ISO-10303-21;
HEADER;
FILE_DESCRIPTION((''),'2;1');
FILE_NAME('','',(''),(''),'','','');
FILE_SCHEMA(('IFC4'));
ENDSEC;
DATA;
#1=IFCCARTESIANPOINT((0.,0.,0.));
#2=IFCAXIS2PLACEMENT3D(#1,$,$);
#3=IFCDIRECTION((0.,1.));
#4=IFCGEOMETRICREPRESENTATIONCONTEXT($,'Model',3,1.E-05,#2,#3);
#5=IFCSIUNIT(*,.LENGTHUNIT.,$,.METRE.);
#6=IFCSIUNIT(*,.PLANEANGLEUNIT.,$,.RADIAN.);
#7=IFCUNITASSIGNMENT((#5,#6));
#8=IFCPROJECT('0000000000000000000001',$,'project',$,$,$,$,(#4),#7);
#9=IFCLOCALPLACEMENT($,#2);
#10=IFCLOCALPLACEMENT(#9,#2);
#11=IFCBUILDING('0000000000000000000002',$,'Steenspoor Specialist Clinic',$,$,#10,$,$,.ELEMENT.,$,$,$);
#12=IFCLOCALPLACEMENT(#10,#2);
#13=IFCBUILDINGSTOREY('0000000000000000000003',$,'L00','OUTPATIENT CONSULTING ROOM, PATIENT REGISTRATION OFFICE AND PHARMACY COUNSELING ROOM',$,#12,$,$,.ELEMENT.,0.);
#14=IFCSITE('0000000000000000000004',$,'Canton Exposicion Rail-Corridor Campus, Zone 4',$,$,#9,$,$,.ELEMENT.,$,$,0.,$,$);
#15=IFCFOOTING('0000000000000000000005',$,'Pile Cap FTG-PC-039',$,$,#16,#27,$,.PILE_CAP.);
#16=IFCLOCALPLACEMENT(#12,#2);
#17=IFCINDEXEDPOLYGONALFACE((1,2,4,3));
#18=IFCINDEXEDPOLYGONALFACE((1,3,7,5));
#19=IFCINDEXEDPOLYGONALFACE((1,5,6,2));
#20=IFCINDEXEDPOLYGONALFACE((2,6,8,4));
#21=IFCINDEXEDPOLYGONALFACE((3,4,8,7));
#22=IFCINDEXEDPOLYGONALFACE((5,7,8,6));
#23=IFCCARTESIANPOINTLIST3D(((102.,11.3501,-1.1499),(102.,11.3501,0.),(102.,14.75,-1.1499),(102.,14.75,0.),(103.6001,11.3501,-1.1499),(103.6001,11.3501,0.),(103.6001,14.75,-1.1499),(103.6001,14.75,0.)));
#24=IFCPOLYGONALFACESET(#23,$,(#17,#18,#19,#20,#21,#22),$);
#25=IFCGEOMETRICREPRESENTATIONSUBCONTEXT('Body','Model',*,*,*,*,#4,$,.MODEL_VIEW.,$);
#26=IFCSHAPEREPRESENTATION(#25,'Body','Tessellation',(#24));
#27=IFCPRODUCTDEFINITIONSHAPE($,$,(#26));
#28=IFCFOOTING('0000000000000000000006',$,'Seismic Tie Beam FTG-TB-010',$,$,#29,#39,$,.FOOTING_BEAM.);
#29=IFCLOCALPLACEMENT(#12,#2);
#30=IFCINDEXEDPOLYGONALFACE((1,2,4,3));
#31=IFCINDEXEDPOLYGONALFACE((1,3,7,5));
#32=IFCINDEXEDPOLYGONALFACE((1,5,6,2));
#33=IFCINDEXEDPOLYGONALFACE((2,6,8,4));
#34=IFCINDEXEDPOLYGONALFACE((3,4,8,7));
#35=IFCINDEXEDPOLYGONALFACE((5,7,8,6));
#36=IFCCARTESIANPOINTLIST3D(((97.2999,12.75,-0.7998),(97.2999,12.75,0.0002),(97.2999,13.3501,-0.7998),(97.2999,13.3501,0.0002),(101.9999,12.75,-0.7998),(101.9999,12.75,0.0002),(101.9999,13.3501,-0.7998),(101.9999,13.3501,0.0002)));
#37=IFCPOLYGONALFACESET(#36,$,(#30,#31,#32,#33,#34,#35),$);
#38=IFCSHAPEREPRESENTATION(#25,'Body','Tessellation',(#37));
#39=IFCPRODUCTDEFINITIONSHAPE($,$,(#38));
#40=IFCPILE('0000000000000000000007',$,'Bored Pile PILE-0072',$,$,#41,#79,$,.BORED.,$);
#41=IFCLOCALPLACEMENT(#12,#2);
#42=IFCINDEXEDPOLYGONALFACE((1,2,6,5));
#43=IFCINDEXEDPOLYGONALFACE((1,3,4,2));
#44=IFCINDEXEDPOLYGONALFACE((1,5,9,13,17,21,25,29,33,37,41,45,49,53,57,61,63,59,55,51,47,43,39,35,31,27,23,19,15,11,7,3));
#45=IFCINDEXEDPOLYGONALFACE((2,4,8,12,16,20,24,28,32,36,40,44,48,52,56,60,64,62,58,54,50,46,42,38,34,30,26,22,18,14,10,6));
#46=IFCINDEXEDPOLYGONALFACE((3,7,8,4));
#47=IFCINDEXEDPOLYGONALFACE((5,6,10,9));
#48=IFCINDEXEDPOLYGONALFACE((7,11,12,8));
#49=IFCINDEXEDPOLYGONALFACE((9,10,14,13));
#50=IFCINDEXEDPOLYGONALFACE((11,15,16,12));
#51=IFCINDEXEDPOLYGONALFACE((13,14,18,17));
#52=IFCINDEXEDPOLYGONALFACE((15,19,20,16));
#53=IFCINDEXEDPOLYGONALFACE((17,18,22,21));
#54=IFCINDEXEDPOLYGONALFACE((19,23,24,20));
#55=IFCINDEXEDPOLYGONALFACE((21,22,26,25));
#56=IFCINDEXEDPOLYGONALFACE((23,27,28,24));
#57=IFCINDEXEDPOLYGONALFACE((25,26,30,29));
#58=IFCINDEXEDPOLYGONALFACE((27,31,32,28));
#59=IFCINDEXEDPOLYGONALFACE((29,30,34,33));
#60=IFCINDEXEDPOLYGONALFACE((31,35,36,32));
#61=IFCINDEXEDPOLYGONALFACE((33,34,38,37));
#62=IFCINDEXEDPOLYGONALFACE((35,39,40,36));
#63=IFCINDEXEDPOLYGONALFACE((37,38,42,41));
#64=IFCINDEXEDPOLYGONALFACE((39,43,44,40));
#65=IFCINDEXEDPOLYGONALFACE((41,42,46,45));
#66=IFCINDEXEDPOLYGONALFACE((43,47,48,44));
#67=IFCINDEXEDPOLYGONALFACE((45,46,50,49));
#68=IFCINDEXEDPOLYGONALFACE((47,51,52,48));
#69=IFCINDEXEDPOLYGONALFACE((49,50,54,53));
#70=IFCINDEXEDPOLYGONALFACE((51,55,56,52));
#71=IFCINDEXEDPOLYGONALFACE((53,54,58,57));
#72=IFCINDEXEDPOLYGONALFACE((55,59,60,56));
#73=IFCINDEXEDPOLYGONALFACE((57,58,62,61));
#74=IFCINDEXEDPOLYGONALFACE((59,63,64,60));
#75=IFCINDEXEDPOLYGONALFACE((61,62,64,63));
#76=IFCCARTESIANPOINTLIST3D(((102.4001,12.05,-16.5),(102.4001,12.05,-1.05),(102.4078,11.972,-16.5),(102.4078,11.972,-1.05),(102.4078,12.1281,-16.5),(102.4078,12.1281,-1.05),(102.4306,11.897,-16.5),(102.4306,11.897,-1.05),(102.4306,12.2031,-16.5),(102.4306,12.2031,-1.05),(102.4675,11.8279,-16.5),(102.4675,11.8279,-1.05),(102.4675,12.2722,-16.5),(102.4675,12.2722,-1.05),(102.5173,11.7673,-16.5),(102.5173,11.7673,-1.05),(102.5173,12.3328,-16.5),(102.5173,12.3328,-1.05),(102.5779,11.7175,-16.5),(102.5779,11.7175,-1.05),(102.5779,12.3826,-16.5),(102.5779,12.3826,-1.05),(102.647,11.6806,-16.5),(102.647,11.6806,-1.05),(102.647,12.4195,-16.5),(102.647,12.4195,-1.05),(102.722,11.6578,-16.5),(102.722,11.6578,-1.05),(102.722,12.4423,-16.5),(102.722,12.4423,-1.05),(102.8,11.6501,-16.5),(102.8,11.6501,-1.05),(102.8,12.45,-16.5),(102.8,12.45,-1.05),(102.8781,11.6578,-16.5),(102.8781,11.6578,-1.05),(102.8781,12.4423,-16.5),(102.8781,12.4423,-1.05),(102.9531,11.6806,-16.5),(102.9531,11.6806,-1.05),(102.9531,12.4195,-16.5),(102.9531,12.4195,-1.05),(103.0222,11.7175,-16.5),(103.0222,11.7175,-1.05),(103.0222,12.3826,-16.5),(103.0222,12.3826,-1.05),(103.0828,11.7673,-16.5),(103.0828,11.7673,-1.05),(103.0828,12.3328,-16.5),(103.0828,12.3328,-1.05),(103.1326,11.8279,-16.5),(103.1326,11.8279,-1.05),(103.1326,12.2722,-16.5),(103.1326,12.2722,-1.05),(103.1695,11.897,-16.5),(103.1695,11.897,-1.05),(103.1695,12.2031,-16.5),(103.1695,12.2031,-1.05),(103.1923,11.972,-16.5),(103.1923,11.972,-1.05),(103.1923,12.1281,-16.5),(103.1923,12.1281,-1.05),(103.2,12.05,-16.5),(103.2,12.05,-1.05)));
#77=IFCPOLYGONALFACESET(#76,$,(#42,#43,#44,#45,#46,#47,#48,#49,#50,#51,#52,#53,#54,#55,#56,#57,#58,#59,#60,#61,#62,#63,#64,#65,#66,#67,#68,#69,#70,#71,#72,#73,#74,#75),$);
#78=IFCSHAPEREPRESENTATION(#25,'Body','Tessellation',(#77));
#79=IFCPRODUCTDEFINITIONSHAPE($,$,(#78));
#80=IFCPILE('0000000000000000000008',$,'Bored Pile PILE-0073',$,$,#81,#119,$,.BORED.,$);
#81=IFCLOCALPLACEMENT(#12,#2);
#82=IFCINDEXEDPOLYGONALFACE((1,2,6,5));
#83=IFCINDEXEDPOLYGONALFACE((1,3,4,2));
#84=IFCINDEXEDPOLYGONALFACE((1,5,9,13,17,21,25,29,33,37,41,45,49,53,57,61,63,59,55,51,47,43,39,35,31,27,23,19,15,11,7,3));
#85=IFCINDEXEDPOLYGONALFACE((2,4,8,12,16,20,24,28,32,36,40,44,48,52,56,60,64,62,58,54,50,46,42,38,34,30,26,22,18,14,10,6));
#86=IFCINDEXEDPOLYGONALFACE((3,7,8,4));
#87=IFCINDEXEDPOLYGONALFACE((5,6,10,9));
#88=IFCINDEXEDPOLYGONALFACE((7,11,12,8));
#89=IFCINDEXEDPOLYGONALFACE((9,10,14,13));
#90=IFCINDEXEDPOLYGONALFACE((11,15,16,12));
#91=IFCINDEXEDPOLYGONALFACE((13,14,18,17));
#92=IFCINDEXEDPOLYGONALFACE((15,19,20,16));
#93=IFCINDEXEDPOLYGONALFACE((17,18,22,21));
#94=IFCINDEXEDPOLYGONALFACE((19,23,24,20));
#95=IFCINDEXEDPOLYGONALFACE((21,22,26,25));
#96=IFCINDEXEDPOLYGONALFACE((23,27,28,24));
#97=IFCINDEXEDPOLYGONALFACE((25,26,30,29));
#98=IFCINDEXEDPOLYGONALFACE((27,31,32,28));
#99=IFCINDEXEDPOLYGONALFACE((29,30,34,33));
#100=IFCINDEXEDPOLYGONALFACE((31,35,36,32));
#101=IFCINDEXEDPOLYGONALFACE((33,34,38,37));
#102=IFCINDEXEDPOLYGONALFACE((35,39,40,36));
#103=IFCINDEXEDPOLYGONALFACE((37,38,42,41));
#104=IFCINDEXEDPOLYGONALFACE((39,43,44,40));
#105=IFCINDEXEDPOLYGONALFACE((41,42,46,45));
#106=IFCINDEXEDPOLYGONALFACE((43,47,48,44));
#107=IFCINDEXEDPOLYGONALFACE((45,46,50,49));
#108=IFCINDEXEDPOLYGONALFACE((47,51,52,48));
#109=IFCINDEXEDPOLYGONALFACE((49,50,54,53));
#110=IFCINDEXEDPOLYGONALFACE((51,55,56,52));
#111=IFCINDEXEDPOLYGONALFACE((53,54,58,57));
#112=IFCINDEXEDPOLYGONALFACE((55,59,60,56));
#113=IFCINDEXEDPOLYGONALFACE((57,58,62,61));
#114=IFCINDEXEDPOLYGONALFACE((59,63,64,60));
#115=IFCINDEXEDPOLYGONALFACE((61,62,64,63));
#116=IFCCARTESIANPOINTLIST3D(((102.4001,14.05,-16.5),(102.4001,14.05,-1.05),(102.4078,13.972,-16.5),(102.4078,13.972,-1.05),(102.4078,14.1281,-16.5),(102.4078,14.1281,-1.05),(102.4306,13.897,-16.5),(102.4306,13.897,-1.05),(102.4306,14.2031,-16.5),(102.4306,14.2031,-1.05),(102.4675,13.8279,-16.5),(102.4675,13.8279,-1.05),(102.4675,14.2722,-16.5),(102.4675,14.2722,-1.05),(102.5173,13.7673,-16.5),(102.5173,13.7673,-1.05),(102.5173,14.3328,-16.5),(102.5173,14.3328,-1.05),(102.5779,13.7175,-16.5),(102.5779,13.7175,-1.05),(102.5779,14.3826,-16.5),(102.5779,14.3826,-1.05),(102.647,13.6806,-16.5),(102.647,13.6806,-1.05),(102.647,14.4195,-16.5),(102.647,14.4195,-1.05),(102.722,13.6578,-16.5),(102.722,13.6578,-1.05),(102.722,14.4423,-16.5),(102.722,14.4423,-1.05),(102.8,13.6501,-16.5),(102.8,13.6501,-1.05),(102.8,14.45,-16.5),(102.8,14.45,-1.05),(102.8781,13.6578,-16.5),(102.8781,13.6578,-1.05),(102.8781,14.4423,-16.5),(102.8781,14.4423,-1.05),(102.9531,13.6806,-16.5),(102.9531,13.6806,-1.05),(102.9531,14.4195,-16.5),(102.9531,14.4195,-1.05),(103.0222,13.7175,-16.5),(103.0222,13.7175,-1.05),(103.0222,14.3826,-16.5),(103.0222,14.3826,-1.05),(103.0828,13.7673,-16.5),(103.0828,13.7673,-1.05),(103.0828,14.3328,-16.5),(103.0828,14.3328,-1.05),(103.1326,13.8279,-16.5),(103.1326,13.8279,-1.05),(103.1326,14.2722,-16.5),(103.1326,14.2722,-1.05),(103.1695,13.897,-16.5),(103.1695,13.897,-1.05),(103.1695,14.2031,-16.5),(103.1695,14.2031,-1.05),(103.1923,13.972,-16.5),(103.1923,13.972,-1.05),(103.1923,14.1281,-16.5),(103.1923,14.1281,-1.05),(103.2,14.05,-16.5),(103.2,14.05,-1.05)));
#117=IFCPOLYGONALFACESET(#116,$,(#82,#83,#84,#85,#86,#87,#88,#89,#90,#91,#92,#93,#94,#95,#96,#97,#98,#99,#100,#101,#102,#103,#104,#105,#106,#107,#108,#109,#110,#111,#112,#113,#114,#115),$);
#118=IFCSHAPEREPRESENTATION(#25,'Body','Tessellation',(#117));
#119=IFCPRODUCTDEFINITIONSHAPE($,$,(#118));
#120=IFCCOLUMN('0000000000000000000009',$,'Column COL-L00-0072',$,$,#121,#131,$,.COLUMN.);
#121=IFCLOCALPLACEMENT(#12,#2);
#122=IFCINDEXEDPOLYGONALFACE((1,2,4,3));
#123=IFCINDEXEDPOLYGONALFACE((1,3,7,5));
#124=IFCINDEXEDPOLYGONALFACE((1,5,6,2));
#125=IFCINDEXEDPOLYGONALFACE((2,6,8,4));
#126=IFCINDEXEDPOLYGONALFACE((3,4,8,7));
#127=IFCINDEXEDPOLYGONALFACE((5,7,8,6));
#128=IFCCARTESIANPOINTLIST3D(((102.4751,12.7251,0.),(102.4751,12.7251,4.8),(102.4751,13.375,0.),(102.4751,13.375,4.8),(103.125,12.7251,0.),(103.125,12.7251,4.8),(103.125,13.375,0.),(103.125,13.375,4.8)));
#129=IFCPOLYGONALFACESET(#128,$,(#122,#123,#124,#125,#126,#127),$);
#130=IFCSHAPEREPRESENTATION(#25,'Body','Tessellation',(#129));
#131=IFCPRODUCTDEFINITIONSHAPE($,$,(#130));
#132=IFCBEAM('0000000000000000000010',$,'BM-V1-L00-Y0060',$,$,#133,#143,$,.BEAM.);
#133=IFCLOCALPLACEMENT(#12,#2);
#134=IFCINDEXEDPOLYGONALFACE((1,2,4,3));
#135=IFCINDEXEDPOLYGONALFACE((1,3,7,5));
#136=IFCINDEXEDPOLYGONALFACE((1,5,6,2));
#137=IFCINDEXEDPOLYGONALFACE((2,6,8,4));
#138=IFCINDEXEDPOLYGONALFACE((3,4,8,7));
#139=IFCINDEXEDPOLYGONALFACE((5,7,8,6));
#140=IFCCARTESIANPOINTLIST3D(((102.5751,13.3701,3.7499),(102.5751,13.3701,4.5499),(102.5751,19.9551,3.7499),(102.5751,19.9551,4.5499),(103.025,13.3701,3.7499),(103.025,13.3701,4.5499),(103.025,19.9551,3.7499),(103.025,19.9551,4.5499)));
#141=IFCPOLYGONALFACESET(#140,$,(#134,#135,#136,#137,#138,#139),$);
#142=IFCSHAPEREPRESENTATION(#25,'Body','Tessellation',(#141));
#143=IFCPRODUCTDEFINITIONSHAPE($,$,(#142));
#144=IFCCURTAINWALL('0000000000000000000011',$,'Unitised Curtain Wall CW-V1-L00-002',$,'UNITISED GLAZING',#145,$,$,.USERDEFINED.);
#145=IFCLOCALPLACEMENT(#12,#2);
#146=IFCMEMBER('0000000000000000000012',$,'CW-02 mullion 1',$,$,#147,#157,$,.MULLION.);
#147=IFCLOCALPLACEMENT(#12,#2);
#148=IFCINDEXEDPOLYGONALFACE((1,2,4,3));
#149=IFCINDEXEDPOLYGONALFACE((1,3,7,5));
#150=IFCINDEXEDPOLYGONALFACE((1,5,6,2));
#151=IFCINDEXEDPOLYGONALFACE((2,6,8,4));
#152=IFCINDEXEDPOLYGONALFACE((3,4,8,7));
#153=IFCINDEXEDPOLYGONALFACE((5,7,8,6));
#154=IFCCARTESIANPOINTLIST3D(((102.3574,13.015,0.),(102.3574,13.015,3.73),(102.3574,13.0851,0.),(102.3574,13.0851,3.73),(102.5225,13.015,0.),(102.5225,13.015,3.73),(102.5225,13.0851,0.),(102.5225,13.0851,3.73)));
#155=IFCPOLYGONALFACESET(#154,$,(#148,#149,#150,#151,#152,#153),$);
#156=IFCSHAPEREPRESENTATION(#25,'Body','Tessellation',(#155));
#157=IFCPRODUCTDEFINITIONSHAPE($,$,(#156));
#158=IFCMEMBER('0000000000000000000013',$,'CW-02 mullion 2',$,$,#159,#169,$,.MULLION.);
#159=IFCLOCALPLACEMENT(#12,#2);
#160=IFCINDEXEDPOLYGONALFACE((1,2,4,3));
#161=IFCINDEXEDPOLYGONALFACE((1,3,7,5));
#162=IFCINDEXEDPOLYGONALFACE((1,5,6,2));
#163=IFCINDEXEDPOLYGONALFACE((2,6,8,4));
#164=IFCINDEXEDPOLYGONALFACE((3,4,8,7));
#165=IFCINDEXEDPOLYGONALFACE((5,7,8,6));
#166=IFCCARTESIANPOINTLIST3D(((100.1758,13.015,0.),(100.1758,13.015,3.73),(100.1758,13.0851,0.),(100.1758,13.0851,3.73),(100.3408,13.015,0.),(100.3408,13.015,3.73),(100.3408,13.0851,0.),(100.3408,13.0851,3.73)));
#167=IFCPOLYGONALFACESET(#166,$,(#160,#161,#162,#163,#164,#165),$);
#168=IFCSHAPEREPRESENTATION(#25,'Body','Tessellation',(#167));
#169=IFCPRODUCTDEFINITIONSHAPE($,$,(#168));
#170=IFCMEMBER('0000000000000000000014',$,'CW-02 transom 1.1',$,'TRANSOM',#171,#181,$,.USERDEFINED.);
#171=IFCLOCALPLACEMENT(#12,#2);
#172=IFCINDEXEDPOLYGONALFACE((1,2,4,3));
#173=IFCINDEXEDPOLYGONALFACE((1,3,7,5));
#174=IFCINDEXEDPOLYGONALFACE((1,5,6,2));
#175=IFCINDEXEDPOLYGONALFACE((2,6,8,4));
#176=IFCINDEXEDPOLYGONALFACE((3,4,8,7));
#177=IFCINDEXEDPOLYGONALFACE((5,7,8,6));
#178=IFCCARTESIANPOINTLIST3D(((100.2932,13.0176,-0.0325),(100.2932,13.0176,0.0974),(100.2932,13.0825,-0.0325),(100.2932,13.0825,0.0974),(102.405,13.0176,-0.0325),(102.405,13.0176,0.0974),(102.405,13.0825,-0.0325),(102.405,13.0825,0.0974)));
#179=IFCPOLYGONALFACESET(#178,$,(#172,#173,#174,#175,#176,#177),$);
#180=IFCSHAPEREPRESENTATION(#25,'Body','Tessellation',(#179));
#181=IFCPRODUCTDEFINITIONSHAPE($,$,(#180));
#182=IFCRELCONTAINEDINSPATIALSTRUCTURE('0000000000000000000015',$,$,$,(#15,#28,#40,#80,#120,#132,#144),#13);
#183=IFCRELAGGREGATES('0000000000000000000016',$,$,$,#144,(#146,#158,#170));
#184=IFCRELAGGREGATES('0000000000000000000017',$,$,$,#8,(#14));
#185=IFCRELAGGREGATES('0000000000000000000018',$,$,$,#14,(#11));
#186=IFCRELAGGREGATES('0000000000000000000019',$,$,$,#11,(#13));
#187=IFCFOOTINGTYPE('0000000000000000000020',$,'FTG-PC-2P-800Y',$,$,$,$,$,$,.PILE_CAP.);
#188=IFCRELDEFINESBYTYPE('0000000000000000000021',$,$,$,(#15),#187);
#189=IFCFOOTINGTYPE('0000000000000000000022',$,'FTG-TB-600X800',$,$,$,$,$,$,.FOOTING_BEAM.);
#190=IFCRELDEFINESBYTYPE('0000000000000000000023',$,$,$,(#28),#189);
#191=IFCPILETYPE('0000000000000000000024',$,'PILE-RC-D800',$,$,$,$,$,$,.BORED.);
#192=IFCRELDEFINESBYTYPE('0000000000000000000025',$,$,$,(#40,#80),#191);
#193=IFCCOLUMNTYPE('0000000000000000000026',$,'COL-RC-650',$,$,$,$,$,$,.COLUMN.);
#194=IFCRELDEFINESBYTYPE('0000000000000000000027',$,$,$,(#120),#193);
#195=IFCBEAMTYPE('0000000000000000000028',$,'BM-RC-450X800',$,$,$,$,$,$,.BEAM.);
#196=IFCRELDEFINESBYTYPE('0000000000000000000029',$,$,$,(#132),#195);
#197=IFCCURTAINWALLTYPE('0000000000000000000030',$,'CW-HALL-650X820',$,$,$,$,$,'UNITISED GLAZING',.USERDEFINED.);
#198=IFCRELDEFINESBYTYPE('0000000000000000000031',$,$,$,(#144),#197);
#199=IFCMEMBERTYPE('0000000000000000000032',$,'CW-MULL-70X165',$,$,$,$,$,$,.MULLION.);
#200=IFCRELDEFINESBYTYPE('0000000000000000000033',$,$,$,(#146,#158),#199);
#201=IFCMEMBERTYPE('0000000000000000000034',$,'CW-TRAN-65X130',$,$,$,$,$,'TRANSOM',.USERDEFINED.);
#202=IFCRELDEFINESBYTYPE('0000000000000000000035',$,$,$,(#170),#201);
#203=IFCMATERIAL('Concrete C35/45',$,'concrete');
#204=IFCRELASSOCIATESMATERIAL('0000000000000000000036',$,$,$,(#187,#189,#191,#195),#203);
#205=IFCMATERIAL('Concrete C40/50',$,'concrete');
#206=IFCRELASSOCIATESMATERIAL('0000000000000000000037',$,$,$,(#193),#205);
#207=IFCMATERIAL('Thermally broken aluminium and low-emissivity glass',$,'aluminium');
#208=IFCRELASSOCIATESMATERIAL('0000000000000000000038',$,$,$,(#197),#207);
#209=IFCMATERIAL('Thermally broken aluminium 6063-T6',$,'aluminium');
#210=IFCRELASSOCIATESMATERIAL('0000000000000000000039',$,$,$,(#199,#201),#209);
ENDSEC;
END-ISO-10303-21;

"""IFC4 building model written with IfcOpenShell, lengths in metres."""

from ifc_helpers import new_model, si_unit, direction, frame, origin, origin_2d, place, context, subcontext, project, spatial, rectangle, circle, extrude, material, material_profile, profile_set, type_object, element, aggregate, save


model = new_model("IFC4")

# Units and contexts
model_context = context("Model", 3, precision=1e-05, world=origin(), true_north=direction((0.0, 1.0)))
body_context = subcontext(model_context, "Body", "Model", "MODEL_VIEW")
ifc_project = project(units=[si_unit("LENGTHUNIT", "METRE"), si_unit("PLANEANGLEUNIT", "RADIAN")], contexts=[model_context])

# Site, building, storey
site_placement = place(None, origin())
site = spatial("IfcSite", under=ifc_project, at=site_placement, Name="Canton Exposicion Rail-Corridor Campus, Zone 4", CompositionType="ELEMENT", RefElevation=0.0)
building_placement = place(site_placement, origin())
building = spatial("IfcBuilding", under=site, at=building_placement, Name="Steenspoor Specialist Clinic", CompositionType="ELEMENT")
storey_placement = place(building_placement, origin())
storey = spatial("IfcBuildingStorey", under=building, at=storey_placement, Name="L00", Description="OUTPATIENT CONSULTING ROOM, PATIENT REGISTRATION OFFICE AND PHARMACY COUNSELING ROOM", CompositionType="ELEMENT", Elevation=0.0)

# Footings
ifc_material_1 = material(Name="Concrete C35/45", Category="concrete")
footing_type_1 = type_object("IfcFootingType", Name="FTG-PC-2P-800Y", PredefinedType="PILE_CAP", material=ifc_material_1)
footing_1_placement = place(storey_placement, frame((102.8, 13.05, -1.1499), z_axis=(0.0, 0.0, 1.0), x_axis=(1.0, 0.0, 0.0)))
element("IfcFooting", 1, at=footing_1_placement, inside=storey, type_object=footing_type_1, Name="Pile Cap FTG-PC-039", PredefinedType="PILE_CAP", context=body_context, shape_type="SweptSolid", body=[
    extrude(rectangle(XDim=1.6001, YDim=3.3999, at=origin_2d()), origin(), (0.0, 0.0, 1.0), 1.1499),
])
footing_type_2 = type_object("IfcFootingType", Name="FTG-TB-600X800", PredefinedType="FOOTING_BEAM", material=ifc_material_1)
footing_2_placement = place(storey_placement, frame((99.6499, 13.05, -0.7998), z_axis=(0.0, 0.0, 1.0), x_axis=(1.0, 0.0, 0.0)))
element("IfcFooting", 2, at=footing_2_placement, inside=storey, type_object=footing_type_2, Name="Seismic Tie Beam FTG-TB-010", PredefinedType="FOOTING_BEAM", context=body_context, shape_type="SweptSolid", body=[
    extrude(rectangle(XDim=4.7, YDim=0.6001, at=origin_2d()), origin(), (0.0, 0.0, 1.0), 0.8),
])

# Piles
ifc_material_profile_1 = material_profile(ifc_material_1, circle(Radius=0.3999, at=origin_2d()), Name="PILE-D800")
ifc_profile_set_1 = profile_set([ifc_material_profile_1], Name="Concrete C35/45")
pile_type = type_object("IfcPileType", Name="PILE-RC-D800", PredefinedType="BORED", material=ifc_profile_set_1)
for number, where, z_axis, x_axis, name in (
    (3, (102.8, 12.05, -1.05), (0.0, 0.0, -1.0), (1.0, 0.0, 0.0), "Bored Pile PILE-0072"),
    (4, (102.8, 14.05, -1.05), (0.0, 0.0, -1.0), (1.0, 0.0, 0.0), "Bored Pile PILE-0073"),
):
    element("IfcPile", number, at=place(storey_placement, frame(where, z_axis=z_axis, x_axis=x_axis)), inside=storey, type_object=pile_type, Name=name, PredefinedType="BORED", context=body_context, shape_type="SweptSolid", body=[
        extrude(circle(Radius=0.3999, at=origin_2d()), origin(), (0.0, 0.0, 1.0), 15.45),
    ])

# Column
ifc_material_2 = material(Name="Concrete C40/50", Category="concrete")
ifc_material_profile_2 = material_profile(ifc_material_2, rectangle(XDim=0.6499, YDim=0.6499, at=origin_2d()), Name="RC-COL-650X650")
ifc_profile_set_2 = profile_set([ifc_material_profile_2], Name="Concrete C40/50")
column_type = type_object("IfcColumnType", Name="COL-RC-650", PredefinedType="COLUMN", material=ifc_profile_set_2)
column_placement = place(storey_placement, frame((102.8, 13.05, 0.0), z_axis=(0.0, 0.0, 1.0), x_axis=(1.0, 0.0, 0.0)))
element("IfcColumn", 5, at=column_placement, inside=storey, type_object=column_type, Name="Column COL-L00-0072", PredefinedType="COLUMN", context=body_context, shape_type="SweptSolid", body=[
    extrude(rectangle(XDim=0.6499, YDim=0.6499, at=origin_2d()), origin(), (0.0, 0.0, 1.0), 4.8),
])

# Beam
ifc_material_profile_3 = material_profile(ifc_material_1, rectangle(XDim=0.45, YDim=0.8, at=origin_2d()), Name="RC-BM-450X800")
ifc_profile_set_3 = profile_set([ifc_material_profile_3], Name="Concrete C35/45")
beam_type = type_object("IfcBeamType", Name="BM-RC-450X800", PredefinedType="BEAM", material=ifc_profile_set_3)
beam_placement = place(storey_placement, frame((102.8, 13.3701, 4.1499), z_axis=(0.0, 1.0, 0.0), x_axis=(-1.0, 0.0, 0.0)))
element("IfcBeam", 6, at=beam_placement, inside=storey, type_object=beam_type, Name="BM-V1-L00-Y0060", PredefinedType="BEAM", context=body_context, shape_type="SweptSolid", body=[
    extrude(rectangle(XDim=0.45, YDim=0.8, at=origin_2d()), origin(), (0.0, 0.0, 1.0), 6.585),
])

# Curtain wall, members
ifc_material_3 = material(Name="Thermally broken aluminium and low-emissivity glass", Category="aluminium")
curtain_wall_type = type_object("IfcCurtainWallType", Name="CW-HALL-650X820", ElementType="UNITISED GLAZING", PredefinedType="USERDEFINED", material=ifc_material_3)
curtain_wall_placement = place(storey_placement, origin())
curtain_wall = element("IfcCurtainWall", 7, at=curtain_wall_placement, inside=storey, type_object=curtain_wall_type, Name="Unitised Curtain Wall CW-V1-L00-002", ObjectType="UNITISED GLAZING", PredefinedType="USERDEFINED")
ifc_material_4 = material(Name="Thermally broken aluminium 6063-T6", Category="aluminium")
ifc_material_profile_4 = material_profile(ifc_material_4, rectangle(XDim=0.0701, YDim=0.165, at=origin_2d()), Name="CWM-70X165")
ifc_profile_set_4 = profile_set([ifc_material_profile_4], Name="Thermally broken aluminium 6063-T6")
member_type_1 = type_object("IfcMemberType", Name="CW-MULL-70X165", PredefinedType="MULLION", material=ifc_profile_set_4)
member_1_placement = place(storey_placement, frame((102.4399, 13.05, 0.0), z_axis=(0.0, 0.0, 1.0), x_axis=(0.0, -1.0, 0.0)))
member_1 = element("IfcMember", 8, at=member_1_placement, type_object=member_type_1, Name="CW-02 mullion 1", PredefinedType="MULLION", context=body_context, shape_type="SweptSolid", body=[
    extrude(rectangle(XDim=0.0701, YDim=0.165, at=origin_2d()), origin(), (0.0, 0.0, 1.0), 3.73),
])
member_2_placement = place(storey_placement, frame((100.2583, 13.05, 0.0), z_axis=(0.0, 0.0, 1.0), x_axis=(0.0, -1.0, 0.0)))
member_2 = element("IfcMember", 9, at=member_2_placement, type_object=member_type_1, Name="CW-02 mullion 2", PredefinedType="MULLION", context=body_context, shape_type="SweptSolid", body=[
    extrude(rectangle(XDim=0.0701, YDim=0.165, at=origin_2d()), origin(), (0.0, 0.0, 1.0), 3.73),
])
ifc_material_profile_5 = material_profile(ifc_material_4, rectangle(XDim=0.0649, YDim=0.1299, at=origin_2d()), Name="CWT-65X130")
ifc_profile_set_5 = profile_set([ifc_material_profile_5], Name="Thermally broken aluminium 6063-T6")
member_type_2 = type_object("IfcMemberType", Name="CW-TRAN-65X130", ElementType="TRANSOM", PredefinedType="USERDEFINED", material=ifc_profile_set_5)
member_3_placement = place(storey_placement, frame((102.405, 13.05, 0.0325), z_axis=(-1.0, 0.0, 0.0), x_axis=(0.0, -1.0, 0.0)))
member_3 = element("IfcMember", 10, at=member_3_placement, type_object=member_type_2, Name="CW-02 transom 1.1", ObjectType="TRANSOM", PredefinedType="USERDEFINED", context=body_context, shape_type="SweptSolid", body=[
    extrude(rectangle(XDim=0.0649, YDim=0.1299, at=origin_2d()), origin(), (0.0, 0.0, 1.0), 2.1118),
])
aggregate(curtain_wall, [member_1, member_2, member_3])

save(model, "model.ifc")
